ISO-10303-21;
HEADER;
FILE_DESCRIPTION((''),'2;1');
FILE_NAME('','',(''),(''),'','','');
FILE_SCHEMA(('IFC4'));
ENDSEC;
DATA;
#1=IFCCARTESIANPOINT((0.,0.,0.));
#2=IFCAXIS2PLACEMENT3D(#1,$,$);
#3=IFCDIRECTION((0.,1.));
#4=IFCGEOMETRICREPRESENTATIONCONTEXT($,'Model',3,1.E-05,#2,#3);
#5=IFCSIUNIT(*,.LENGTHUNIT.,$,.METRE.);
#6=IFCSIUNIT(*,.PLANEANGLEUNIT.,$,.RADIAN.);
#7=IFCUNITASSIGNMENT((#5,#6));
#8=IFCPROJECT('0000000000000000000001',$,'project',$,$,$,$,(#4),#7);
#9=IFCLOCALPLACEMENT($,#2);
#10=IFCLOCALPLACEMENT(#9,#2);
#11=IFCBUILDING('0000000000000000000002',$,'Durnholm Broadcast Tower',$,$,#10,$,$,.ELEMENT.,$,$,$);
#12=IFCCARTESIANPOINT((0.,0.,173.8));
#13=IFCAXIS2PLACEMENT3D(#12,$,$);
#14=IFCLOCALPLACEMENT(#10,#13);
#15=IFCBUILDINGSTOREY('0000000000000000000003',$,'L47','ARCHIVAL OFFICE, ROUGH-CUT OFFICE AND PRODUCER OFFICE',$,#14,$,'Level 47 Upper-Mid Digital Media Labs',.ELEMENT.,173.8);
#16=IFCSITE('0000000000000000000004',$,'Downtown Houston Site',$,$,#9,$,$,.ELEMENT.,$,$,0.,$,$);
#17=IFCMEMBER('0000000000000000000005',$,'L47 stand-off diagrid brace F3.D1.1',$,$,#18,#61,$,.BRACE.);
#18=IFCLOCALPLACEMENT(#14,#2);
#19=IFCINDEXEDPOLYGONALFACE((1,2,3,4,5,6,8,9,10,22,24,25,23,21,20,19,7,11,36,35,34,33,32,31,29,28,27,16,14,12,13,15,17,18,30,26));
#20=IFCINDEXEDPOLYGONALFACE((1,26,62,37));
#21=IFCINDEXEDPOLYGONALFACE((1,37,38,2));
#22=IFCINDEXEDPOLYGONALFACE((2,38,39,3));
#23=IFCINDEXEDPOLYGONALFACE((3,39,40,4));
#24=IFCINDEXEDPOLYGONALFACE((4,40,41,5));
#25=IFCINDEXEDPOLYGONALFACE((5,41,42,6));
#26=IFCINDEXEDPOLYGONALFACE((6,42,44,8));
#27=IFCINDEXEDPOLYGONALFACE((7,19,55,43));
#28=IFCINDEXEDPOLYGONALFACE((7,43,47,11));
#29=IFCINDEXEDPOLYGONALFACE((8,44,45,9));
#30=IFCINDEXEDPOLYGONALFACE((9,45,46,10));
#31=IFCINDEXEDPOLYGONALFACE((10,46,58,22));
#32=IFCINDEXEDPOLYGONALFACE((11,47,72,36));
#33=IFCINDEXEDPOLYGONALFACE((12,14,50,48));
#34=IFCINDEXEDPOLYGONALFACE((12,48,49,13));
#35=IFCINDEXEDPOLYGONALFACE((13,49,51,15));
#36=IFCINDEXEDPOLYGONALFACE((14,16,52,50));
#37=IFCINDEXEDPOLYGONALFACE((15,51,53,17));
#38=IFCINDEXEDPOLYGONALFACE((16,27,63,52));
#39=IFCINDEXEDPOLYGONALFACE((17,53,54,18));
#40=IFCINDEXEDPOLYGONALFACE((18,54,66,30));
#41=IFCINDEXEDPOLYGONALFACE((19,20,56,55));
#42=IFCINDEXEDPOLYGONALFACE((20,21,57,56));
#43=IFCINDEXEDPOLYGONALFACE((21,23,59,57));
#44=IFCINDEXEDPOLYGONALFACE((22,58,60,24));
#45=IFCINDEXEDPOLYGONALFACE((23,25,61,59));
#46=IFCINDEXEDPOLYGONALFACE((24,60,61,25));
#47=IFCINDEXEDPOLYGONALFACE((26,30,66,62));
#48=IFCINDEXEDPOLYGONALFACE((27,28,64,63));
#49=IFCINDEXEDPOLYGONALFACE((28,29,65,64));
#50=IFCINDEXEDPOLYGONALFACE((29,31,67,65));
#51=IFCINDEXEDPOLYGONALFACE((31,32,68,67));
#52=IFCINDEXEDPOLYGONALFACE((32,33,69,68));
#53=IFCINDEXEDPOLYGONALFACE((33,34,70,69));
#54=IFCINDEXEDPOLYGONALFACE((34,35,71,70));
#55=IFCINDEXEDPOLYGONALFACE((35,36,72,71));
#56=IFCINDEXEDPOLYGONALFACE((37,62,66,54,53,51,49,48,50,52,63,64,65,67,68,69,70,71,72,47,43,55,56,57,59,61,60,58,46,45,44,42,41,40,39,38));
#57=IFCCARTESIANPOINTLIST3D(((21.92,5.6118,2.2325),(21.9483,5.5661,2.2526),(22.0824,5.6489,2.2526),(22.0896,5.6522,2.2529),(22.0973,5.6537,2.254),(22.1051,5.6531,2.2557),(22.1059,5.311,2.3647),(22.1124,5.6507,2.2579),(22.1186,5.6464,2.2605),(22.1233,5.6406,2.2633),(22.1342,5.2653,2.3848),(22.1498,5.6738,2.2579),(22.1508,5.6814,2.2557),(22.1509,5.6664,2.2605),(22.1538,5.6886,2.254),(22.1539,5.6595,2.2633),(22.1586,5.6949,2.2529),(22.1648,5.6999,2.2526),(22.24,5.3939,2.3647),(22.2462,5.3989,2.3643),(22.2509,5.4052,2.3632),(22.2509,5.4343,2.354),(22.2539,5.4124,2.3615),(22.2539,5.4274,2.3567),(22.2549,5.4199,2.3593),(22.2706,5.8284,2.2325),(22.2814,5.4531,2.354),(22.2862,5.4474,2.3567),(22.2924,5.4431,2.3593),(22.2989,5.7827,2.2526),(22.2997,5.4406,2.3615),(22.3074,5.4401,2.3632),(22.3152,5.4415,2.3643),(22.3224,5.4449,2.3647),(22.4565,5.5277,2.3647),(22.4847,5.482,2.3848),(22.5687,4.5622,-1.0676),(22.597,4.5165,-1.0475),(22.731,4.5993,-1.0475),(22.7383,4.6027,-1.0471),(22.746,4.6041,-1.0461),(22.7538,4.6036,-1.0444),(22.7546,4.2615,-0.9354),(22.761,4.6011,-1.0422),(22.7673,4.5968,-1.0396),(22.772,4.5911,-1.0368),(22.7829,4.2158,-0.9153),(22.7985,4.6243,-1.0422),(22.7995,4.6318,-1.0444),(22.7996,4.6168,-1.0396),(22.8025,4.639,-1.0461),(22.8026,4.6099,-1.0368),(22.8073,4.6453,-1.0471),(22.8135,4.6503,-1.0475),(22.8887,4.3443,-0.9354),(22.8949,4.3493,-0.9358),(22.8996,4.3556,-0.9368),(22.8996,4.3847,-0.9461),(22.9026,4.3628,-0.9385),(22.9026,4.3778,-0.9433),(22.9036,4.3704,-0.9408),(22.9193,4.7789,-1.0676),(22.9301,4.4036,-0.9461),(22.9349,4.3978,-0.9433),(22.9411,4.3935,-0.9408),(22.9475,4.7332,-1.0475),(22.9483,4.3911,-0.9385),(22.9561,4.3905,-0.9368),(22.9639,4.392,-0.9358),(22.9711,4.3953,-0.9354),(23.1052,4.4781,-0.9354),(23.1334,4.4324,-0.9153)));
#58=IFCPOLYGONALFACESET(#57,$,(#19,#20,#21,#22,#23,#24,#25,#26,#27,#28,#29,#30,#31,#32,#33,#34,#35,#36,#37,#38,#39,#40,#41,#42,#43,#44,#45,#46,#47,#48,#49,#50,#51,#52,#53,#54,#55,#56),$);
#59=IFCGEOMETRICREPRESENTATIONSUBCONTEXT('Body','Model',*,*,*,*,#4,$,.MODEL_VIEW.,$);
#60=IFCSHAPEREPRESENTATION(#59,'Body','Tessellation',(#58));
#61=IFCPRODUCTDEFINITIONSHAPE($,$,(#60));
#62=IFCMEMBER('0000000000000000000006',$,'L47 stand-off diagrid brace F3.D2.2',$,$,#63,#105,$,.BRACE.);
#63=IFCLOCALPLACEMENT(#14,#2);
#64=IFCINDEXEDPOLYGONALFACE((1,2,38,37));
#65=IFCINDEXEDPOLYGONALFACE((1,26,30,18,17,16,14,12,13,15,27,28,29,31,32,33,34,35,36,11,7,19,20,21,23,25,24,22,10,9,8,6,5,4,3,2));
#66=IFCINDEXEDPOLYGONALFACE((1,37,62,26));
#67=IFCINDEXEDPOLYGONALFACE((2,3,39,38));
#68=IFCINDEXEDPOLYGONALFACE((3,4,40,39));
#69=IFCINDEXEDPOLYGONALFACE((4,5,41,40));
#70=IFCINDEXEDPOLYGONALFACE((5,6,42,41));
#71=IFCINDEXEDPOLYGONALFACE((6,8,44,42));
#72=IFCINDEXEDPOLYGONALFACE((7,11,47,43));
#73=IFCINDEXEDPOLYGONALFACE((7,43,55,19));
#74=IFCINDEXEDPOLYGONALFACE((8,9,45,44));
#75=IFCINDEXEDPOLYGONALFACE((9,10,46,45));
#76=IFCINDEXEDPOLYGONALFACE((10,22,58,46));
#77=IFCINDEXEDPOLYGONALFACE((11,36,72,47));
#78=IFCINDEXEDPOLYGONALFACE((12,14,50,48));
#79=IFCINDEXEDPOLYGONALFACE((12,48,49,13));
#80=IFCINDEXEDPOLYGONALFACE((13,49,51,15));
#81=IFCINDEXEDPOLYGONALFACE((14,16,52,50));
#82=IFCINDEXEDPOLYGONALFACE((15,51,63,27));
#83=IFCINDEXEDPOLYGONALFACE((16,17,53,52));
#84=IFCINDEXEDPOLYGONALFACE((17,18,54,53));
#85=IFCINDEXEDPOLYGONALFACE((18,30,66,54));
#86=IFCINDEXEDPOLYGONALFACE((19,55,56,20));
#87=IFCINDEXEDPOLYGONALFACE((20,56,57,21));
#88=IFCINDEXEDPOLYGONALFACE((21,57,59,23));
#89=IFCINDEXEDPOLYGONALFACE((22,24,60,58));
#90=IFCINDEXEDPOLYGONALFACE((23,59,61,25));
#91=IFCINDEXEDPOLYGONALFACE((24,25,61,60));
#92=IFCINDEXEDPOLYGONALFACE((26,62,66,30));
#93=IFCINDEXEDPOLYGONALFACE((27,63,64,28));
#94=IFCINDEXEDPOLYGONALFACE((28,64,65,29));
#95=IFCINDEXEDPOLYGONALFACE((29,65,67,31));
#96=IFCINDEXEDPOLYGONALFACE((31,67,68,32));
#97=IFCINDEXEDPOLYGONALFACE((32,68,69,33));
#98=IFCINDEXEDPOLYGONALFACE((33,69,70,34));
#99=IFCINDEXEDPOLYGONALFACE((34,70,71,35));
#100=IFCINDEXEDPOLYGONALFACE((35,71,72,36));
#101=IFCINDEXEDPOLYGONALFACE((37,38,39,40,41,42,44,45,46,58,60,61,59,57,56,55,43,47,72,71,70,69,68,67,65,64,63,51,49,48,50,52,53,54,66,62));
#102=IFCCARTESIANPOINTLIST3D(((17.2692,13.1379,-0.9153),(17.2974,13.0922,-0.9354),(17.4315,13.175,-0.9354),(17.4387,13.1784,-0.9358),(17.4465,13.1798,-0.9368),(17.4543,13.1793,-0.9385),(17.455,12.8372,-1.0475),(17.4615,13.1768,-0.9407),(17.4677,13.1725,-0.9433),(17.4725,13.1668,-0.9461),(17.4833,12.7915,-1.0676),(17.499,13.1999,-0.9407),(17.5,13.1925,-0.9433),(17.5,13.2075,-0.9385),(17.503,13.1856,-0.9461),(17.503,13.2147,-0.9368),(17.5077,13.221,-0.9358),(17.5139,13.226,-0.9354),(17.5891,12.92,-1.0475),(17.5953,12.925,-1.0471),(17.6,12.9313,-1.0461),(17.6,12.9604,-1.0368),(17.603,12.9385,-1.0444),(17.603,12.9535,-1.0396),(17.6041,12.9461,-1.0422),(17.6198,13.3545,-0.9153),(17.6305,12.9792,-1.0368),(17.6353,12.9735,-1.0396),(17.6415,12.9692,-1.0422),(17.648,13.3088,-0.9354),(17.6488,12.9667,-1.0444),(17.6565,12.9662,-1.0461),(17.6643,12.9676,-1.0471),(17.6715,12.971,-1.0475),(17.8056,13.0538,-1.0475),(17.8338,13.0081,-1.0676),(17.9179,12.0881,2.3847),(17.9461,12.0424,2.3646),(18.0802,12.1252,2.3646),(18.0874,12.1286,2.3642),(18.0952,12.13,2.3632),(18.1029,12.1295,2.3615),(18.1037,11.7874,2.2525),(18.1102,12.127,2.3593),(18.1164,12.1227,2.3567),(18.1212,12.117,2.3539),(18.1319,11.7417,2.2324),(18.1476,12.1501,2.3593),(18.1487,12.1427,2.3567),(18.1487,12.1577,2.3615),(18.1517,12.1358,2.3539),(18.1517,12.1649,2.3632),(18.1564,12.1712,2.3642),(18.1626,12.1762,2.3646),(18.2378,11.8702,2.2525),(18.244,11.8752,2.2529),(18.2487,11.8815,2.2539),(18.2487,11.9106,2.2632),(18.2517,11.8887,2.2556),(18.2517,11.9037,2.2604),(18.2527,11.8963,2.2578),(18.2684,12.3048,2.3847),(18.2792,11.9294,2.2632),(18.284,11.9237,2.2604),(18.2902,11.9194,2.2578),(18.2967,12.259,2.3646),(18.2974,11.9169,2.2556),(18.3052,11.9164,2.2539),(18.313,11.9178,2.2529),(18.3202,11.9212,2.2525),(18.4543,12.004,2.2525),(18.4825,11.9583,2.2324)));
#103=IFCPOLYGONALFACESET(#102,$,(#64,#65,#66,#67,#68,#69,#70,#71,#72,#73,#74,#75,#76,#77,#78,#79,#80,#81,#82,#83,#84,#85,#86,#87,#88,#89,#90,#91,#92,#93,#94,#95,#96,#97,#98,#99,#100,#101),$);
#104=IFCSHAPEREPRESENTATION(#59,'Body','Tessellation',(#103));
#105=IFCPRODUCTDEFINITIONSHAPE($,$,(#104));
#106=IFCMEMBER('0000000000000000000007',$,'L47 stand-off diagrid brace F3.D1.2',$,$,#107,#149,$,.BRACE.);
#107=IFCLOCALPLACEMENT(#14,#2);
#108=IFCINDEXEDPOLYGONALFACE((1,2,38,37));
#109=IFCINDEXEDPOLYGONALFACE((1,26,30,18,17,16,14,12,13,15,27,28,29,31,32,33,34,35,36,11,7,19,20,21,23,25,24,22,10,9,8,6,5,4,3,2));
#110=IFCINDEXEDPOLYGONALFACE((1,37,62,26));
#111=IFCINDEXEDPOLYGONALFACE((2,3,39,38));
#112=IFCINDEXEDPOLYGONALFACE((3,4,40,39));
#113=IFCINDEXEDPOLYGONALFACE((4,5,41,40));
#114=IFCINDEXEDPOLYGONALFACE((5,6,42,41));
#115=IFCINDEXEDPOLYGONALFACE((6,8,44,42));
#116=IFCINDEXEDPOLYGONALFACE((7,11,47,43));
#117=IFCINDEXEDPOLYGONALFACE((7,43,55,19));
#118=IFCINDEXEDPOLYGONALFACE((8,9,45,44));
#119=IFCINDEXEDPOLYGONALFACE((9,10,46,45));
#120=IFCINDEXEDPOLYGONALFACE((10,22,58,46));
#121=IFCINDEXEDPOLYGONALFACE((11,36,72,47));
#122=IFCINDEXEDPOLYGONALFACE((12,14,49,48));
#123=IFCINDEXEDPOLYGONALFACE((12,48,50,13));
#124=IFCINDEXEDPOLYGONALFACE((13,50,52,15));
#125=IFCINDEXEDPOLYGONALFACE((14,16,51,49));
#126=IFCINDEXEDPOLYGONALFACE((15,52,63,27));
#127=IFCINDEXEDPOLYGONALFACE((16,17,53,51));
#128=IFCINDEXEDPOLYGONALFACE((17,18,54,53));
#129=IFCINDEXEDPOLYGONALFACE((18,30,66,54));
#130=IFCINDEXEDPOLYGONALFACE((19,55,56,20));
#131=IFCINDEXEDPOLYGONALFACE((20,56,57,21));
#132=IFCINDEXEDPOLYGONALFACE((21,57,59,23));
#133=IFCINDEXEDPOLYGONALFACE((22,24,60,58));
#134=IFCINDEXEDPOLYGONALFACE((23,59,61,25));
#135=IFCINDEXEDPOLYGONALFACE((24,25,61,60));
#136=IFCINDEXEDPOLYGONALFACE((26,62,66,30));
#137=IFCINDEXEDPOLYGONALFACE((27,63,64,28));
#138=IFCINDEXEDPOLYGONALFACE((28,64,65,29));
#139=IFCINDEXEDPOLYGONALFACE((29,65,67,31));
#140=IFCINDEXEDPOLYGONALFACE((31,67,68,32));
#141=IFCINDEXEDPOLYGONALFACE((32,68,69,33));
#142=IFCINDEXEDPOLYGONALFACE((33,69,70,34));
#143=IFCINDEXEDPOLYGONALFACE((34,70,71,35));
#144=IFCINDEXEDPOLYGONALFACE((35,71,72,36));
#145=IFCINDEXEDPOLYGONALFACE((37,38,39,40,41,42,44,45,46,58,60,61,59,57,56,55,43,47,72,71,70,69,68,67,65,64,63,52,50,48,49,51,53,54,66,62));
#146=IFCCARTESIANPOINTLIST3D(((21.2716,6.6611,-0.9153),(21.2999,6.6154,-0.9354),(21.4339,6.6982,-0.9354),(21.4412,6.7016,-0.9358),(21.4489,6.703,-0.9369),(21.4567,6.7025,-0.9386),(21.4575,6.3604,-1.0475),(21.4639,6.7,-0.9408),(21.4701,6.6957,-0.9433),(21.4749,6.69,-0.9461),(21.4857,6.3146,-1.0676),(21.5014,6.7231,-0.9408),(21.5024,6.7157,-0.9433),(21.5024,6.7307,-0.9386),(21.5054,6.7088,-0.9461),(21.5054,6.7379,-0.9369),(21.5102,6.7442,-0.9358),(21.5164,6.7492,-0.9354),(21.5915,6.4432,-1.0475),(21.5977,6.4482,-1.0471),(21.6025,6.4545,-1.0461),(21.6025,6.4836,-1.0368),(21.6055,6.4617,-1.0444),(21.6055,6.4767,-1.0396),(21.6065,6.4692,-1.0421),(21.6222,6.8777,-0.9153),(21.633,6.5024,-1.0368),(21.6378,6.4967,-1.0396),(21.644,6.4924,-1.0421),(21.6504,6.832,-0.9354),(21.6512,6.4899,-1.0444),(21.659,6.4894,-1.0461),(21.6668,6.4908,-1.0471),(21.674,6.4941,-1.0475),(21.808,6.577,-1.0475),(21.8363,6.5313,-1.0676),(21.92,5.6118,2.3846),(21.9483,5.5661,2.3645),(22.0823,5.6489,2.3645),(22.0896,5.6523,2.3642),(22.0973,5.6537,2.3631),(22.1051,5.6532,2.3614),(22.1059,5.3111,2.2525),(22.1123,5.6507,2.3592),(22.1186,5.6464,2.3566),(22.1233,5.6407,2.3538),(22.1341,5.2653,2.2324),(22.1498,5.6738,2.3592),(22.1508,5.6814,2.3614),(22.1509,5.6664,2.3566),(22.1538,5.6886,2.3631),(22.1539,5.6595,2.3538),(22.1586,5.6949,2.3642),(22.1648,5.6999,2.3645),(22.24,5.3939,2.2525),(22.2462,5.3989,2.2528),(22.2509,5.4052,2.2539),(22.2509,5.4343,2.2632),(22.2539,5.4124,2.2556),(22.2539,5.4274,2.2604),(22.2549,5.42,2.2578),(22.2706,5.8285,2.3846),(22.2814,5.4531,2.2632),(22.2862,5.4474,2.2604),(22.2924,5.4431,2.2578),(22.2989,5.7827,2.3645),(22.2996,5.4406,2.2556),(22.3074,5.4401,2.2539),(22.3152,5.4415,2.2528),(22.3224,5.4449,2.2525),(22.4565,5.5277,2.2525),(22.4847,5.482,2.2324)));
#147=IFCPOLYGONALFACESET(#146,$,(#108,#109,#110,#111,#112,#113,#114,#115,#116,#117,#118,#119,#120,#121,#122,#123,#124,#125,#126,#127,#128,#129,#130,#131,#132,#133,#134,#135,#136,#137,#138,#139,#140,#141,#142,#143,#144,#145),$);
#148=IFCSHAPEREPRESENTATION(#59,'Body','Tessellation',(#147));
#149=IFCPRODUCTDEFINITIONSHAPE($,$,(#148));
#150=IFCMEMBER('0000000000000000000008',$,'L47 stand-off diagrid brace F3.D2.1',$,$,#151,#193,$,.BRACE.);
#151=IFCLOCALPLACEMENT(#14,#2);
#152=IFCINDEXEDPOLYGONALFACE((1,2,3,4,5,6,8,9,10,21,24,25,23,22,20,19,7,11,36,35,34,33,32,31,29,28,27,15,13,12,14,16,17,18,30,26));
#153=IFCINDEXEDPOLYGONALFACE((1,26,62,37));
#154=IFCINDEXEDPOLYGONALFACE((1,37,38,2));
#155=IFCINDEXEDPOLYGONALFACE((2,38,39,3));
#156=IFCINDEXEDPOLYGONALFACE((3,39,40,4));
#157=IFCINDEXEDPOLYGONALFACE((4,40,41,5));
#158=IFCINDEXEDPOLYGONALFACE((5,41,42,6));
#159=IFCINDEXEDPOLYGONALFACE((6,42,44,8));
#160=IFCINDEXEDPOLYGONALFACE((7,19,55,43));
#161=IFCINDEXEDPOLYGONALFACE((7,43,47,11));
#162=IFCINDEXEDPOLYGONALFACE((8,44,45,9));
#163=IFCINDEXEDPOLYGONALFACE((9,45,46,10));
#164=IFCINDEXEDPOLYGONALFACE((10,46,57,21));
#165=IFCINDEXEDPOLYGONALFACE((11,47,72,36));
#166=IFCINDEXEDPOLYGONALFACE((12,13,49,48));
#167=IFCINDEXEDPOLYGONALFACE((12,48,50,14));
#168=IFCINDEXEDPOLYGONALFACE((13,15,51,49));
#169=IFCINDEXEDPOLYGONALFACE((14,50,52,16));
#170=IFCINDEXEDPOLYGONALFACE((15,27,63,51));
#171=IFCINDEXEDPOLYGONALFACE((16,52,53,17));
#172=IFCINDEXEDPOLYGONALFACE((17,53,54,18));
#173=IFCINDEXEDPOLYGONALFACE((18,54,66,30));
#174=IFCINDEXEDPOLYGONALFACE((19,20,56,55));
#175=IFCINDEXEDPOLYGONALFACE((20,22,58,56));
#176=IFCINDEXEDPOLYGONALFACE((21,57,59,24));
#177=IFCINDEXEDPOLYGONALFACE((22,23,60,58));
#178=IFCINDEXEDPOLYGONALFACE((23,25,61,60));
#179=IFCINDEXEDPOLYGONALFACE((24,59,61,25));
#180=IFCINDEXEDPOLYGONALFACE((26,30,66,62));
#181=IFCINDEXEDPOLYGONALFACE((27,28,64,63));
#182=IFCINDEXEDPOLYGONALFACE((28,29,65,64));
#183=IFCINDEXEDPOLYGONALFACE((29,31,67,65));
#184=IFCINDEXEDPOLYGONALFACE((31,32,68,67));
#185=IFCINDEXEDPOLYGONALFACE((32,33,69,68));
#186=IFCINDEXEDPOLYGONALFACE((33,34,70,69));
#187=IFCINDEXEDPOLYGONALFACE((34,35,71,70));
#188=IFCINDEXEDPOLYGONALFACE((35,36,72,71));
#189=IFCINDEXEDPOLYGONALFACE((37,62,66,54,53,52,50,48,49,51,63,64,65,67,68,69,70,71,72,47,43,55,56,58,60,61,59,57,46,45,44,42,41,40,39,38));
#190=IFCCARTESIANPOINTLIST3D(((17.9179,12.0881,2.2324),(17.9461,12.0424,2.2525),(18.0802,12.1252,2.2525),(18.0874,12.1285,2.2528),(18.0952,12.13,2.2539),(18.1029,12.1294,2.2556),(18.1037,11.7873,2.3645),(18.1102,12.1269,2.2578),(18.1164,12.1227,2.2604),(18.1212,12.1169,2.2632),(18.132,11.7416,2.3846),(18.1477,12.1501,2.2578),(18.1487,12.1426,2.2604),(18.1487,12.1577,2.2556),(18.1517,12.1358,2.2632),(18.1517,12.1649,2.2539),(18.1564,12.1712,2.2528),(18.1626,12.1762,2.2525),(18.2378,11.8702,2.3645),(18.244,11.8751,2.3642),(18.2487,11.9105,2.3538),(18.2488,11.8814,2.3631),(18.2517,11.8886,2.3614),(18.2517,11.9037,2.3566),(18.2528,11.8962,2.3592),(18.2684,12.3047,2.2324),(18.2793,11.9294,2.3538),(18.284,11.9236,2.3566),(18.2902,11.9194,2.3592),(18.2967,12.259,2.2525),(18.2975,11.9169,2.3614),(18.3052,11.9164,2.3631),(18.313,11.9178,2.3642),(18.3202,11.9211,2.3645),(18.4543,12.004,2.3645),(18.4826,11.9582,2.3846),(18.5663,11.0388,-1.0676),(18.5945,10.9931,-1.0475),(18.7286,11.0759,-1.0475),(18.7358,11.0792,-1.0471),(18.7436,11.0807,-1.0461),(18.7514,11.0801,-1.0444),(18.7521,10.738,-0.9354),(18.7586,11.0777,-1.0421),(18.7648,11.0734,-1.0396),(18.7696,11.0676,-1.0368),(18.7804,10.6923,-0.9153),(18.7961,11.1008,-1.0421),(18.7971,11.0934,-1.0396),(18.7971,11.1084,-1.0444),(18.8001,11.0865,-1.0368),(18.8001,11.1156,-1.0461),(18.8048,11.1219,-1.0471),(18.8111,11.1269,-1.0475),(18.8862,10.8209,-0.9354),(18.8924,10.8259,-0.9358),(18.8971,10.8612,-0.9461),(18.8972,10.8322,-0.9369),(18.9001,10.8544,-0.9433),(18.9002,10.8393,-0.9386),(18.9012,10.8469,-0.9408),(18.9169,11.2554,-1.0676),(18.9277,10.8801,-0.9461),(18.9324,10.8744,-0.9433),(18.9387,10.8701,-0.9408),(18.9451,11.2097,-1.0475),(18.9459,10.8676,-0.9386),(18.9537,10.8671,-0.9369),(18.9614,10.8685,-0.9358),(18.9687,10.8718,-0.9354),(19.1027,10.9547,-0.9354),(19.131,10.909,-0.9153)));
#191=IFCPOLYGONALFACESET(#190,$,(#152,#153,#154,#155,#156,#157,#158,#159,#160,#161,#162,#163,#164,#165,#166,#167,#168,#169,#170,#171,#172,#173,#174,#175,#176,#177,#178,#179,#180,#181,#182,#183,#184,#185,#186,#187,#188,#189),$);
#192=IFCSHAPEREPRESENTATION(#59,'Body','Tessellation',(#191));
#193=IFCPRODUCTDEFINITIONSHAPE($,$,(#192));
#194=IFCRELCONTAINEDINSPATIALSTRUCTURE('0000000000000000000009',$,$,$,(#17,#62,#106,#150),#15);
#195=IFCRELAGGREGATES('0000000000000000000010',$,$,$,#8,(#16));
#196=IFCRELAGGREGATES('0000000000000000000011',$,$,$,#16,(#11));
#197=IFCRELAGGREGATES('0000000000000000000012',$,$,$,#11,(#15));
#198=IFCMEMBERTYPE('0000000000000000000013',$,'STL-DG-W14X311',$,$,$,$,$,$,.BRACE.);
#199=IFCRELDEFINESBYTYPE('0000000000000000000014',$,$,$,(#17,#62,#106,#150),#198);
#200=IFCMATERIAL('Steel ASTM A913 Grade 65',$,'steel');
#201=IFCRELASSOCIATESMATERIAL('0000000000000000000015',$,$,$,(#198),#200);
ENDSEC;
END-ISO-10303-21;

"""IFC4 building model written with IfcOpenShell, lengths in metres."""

from ifc_helpers import new_model, si_unit, direction, frame, origin, origin_2d, place, context, subcontext, project, spatial, i_section, extrude, source, transform, mapped, material, material_profile, profile_set, type_object, type_shapes, element, save


model = new_model("IFC4")

# Units and contexts
model_context = context("Model", 3, precision=1e-05, world=origin(), true_north=direction((0.0, 1.0)))
body_context = subcontext(model_context, "Body", "Model", "MODEL_VIEW")
ifc_project = project(units=[si_unit("LENGTHUNIT", "METRE"), si_unit("PLANEANGLEUNIT", "RADIAN")], contexts=[model_context])

# Site, building, storey
site_placement = place(None, origin())
site = spatial("IfcSite", under=ifc_project, at=site_placement, Name="Downtown Houston Site", CompositionType="ELEMENT", RefElevation=0.0)
building_placement = place(site_placement, origin())
building = spatial("IfcBuilding", under=site, at=building_placement, Name="Durnholm Broadcast Tower", CompositionType="ELEMENT")
storey_placement = place(building_placement, frame((0.0, 0.0, 173.8)))
storey = spatial("IfcBuildingStorey", under=building, at=storey_placement, Name="L47", Description="ARCHIVAL OFFICE, ROUGH-CUT OFFICE AND PRODUCER OFFICE", LongName="Level 47 Upper-Mid Digital Media Labs", CompositionType="ELEMENT", Elevation=173.8)

# Members
ifc_material_1 = material(Name="Steel ASTM A913 Grade 65", Category="steel")
ifc_material_profile_1 = material_profile(ifc_material_1, i_section(OverallWidth=0.4121, OverallDepth=0.4348, WebThickness=0.0359, FlangeThickness=0.0574, FilletRadius=0.0305, at=origin_2d()), Name="W14X311")
ifc_profile_set_1 = profile_set([ifc_material_profile_1], Name="Steel ASTM A913 Grade 65")
member_type_1 = type_object("IfcMemberType", Name="STL-DG-W14X311", PredefinedType="BRACE", material=ifc_profile_set_1)
shared_shape_1 = source(origin(), body_context, "Body", "SweptSolid", [
    extrude(i_section(OverallWidth=0.4121, OverallDepth=0.4348, WebThickness=0.0359, FlangeThickness=0.0574, FilletRadius=0.0305, at=origin_2d()), origin(), (0.0, 0.0, 1.0), 3.5232),
])
for number, where, z_axis, x_axis, name in (
    (1, (22.8511, 4.4973, -0.9915), (-0.184119, 0.297903, 0.936672), (-0.850644, -0.525741, 0.0), "L47 stand-off diagrid brace F3.D1.1"),
    (2, (17.5515, 13.073, -0.9915), (0.184115, -0.297966, 0.936652), (0.850699, 0.525653, 0.0), "L47 stand-off diagrid brace F3.D2.2"),
):
    element("IfcMember", number, at=place(storey_placement, frame(where, z_axis=z_axis, x_axis=x_axis)), inside=storey, type_object=member_type_1, Name=name, PredefinedType="BRACE", context=body_context, shape_type="MappedRepresentation", body=[
        mapped(shared_shape_1, transform((0.0, 0.0, 0.0), x_axis=(1.0, 0.0, 0.0), y_axis=(0.0, 1.0, 0.0), z_axis=(0.0, 0.0, 1.0), scale=1.0)),
    ])
shared_shape_2 = source(origin(), body_context, "Body", "SweptSolid", [
    extrude(i_section(OverallWidth=0.4121, OverallDepth=0.4348, WebThickness=0.0359, FlangeThickness=0.0574, FilletRadius=0.0305, at=origin_2d()), origin(), (0.0, 0.0, 1.0), 3.5229),
])
type_shapes(member_type_1, [shared_shape_1, shared_shape_2])
for number, where, z_axis, x_axis, name in (
    (3, (21.554, 6.5962, -0.9915), (0.184056, -0.297843, 0.936703), (0.850678, 0.525687, 0.0), "L47 stand-off diagrid brace F3.D1.2"),
    (4, (18.8486, 10.9739, -0.9915), (-0.184056, 0.297843, 0.936703), (-0.850678, -0.525687, 0.0), "L47 stand-off diagrid brace F3.D2.1"),
):
    element("IfcMember", number, at=place(storey_placement, frame(where, z_axis=z_axis, x_axis=x_axis)), inside=storey, type_object=member_type_1, Name=name, PredefinedType="BRACE", context=body_context, shape_type="MappedRepresentation", body=[
        mapped(shared_shape_2, transform((0.0, 0.0, 0.0), x_axis=(1.0, 0.0, 0.0), y_axis=(0.0, 1.0, 0.0), z_axis=(0.0, 0.0, 1.0), scale=1.0)),
    ])

save(model, "model.ifc")
